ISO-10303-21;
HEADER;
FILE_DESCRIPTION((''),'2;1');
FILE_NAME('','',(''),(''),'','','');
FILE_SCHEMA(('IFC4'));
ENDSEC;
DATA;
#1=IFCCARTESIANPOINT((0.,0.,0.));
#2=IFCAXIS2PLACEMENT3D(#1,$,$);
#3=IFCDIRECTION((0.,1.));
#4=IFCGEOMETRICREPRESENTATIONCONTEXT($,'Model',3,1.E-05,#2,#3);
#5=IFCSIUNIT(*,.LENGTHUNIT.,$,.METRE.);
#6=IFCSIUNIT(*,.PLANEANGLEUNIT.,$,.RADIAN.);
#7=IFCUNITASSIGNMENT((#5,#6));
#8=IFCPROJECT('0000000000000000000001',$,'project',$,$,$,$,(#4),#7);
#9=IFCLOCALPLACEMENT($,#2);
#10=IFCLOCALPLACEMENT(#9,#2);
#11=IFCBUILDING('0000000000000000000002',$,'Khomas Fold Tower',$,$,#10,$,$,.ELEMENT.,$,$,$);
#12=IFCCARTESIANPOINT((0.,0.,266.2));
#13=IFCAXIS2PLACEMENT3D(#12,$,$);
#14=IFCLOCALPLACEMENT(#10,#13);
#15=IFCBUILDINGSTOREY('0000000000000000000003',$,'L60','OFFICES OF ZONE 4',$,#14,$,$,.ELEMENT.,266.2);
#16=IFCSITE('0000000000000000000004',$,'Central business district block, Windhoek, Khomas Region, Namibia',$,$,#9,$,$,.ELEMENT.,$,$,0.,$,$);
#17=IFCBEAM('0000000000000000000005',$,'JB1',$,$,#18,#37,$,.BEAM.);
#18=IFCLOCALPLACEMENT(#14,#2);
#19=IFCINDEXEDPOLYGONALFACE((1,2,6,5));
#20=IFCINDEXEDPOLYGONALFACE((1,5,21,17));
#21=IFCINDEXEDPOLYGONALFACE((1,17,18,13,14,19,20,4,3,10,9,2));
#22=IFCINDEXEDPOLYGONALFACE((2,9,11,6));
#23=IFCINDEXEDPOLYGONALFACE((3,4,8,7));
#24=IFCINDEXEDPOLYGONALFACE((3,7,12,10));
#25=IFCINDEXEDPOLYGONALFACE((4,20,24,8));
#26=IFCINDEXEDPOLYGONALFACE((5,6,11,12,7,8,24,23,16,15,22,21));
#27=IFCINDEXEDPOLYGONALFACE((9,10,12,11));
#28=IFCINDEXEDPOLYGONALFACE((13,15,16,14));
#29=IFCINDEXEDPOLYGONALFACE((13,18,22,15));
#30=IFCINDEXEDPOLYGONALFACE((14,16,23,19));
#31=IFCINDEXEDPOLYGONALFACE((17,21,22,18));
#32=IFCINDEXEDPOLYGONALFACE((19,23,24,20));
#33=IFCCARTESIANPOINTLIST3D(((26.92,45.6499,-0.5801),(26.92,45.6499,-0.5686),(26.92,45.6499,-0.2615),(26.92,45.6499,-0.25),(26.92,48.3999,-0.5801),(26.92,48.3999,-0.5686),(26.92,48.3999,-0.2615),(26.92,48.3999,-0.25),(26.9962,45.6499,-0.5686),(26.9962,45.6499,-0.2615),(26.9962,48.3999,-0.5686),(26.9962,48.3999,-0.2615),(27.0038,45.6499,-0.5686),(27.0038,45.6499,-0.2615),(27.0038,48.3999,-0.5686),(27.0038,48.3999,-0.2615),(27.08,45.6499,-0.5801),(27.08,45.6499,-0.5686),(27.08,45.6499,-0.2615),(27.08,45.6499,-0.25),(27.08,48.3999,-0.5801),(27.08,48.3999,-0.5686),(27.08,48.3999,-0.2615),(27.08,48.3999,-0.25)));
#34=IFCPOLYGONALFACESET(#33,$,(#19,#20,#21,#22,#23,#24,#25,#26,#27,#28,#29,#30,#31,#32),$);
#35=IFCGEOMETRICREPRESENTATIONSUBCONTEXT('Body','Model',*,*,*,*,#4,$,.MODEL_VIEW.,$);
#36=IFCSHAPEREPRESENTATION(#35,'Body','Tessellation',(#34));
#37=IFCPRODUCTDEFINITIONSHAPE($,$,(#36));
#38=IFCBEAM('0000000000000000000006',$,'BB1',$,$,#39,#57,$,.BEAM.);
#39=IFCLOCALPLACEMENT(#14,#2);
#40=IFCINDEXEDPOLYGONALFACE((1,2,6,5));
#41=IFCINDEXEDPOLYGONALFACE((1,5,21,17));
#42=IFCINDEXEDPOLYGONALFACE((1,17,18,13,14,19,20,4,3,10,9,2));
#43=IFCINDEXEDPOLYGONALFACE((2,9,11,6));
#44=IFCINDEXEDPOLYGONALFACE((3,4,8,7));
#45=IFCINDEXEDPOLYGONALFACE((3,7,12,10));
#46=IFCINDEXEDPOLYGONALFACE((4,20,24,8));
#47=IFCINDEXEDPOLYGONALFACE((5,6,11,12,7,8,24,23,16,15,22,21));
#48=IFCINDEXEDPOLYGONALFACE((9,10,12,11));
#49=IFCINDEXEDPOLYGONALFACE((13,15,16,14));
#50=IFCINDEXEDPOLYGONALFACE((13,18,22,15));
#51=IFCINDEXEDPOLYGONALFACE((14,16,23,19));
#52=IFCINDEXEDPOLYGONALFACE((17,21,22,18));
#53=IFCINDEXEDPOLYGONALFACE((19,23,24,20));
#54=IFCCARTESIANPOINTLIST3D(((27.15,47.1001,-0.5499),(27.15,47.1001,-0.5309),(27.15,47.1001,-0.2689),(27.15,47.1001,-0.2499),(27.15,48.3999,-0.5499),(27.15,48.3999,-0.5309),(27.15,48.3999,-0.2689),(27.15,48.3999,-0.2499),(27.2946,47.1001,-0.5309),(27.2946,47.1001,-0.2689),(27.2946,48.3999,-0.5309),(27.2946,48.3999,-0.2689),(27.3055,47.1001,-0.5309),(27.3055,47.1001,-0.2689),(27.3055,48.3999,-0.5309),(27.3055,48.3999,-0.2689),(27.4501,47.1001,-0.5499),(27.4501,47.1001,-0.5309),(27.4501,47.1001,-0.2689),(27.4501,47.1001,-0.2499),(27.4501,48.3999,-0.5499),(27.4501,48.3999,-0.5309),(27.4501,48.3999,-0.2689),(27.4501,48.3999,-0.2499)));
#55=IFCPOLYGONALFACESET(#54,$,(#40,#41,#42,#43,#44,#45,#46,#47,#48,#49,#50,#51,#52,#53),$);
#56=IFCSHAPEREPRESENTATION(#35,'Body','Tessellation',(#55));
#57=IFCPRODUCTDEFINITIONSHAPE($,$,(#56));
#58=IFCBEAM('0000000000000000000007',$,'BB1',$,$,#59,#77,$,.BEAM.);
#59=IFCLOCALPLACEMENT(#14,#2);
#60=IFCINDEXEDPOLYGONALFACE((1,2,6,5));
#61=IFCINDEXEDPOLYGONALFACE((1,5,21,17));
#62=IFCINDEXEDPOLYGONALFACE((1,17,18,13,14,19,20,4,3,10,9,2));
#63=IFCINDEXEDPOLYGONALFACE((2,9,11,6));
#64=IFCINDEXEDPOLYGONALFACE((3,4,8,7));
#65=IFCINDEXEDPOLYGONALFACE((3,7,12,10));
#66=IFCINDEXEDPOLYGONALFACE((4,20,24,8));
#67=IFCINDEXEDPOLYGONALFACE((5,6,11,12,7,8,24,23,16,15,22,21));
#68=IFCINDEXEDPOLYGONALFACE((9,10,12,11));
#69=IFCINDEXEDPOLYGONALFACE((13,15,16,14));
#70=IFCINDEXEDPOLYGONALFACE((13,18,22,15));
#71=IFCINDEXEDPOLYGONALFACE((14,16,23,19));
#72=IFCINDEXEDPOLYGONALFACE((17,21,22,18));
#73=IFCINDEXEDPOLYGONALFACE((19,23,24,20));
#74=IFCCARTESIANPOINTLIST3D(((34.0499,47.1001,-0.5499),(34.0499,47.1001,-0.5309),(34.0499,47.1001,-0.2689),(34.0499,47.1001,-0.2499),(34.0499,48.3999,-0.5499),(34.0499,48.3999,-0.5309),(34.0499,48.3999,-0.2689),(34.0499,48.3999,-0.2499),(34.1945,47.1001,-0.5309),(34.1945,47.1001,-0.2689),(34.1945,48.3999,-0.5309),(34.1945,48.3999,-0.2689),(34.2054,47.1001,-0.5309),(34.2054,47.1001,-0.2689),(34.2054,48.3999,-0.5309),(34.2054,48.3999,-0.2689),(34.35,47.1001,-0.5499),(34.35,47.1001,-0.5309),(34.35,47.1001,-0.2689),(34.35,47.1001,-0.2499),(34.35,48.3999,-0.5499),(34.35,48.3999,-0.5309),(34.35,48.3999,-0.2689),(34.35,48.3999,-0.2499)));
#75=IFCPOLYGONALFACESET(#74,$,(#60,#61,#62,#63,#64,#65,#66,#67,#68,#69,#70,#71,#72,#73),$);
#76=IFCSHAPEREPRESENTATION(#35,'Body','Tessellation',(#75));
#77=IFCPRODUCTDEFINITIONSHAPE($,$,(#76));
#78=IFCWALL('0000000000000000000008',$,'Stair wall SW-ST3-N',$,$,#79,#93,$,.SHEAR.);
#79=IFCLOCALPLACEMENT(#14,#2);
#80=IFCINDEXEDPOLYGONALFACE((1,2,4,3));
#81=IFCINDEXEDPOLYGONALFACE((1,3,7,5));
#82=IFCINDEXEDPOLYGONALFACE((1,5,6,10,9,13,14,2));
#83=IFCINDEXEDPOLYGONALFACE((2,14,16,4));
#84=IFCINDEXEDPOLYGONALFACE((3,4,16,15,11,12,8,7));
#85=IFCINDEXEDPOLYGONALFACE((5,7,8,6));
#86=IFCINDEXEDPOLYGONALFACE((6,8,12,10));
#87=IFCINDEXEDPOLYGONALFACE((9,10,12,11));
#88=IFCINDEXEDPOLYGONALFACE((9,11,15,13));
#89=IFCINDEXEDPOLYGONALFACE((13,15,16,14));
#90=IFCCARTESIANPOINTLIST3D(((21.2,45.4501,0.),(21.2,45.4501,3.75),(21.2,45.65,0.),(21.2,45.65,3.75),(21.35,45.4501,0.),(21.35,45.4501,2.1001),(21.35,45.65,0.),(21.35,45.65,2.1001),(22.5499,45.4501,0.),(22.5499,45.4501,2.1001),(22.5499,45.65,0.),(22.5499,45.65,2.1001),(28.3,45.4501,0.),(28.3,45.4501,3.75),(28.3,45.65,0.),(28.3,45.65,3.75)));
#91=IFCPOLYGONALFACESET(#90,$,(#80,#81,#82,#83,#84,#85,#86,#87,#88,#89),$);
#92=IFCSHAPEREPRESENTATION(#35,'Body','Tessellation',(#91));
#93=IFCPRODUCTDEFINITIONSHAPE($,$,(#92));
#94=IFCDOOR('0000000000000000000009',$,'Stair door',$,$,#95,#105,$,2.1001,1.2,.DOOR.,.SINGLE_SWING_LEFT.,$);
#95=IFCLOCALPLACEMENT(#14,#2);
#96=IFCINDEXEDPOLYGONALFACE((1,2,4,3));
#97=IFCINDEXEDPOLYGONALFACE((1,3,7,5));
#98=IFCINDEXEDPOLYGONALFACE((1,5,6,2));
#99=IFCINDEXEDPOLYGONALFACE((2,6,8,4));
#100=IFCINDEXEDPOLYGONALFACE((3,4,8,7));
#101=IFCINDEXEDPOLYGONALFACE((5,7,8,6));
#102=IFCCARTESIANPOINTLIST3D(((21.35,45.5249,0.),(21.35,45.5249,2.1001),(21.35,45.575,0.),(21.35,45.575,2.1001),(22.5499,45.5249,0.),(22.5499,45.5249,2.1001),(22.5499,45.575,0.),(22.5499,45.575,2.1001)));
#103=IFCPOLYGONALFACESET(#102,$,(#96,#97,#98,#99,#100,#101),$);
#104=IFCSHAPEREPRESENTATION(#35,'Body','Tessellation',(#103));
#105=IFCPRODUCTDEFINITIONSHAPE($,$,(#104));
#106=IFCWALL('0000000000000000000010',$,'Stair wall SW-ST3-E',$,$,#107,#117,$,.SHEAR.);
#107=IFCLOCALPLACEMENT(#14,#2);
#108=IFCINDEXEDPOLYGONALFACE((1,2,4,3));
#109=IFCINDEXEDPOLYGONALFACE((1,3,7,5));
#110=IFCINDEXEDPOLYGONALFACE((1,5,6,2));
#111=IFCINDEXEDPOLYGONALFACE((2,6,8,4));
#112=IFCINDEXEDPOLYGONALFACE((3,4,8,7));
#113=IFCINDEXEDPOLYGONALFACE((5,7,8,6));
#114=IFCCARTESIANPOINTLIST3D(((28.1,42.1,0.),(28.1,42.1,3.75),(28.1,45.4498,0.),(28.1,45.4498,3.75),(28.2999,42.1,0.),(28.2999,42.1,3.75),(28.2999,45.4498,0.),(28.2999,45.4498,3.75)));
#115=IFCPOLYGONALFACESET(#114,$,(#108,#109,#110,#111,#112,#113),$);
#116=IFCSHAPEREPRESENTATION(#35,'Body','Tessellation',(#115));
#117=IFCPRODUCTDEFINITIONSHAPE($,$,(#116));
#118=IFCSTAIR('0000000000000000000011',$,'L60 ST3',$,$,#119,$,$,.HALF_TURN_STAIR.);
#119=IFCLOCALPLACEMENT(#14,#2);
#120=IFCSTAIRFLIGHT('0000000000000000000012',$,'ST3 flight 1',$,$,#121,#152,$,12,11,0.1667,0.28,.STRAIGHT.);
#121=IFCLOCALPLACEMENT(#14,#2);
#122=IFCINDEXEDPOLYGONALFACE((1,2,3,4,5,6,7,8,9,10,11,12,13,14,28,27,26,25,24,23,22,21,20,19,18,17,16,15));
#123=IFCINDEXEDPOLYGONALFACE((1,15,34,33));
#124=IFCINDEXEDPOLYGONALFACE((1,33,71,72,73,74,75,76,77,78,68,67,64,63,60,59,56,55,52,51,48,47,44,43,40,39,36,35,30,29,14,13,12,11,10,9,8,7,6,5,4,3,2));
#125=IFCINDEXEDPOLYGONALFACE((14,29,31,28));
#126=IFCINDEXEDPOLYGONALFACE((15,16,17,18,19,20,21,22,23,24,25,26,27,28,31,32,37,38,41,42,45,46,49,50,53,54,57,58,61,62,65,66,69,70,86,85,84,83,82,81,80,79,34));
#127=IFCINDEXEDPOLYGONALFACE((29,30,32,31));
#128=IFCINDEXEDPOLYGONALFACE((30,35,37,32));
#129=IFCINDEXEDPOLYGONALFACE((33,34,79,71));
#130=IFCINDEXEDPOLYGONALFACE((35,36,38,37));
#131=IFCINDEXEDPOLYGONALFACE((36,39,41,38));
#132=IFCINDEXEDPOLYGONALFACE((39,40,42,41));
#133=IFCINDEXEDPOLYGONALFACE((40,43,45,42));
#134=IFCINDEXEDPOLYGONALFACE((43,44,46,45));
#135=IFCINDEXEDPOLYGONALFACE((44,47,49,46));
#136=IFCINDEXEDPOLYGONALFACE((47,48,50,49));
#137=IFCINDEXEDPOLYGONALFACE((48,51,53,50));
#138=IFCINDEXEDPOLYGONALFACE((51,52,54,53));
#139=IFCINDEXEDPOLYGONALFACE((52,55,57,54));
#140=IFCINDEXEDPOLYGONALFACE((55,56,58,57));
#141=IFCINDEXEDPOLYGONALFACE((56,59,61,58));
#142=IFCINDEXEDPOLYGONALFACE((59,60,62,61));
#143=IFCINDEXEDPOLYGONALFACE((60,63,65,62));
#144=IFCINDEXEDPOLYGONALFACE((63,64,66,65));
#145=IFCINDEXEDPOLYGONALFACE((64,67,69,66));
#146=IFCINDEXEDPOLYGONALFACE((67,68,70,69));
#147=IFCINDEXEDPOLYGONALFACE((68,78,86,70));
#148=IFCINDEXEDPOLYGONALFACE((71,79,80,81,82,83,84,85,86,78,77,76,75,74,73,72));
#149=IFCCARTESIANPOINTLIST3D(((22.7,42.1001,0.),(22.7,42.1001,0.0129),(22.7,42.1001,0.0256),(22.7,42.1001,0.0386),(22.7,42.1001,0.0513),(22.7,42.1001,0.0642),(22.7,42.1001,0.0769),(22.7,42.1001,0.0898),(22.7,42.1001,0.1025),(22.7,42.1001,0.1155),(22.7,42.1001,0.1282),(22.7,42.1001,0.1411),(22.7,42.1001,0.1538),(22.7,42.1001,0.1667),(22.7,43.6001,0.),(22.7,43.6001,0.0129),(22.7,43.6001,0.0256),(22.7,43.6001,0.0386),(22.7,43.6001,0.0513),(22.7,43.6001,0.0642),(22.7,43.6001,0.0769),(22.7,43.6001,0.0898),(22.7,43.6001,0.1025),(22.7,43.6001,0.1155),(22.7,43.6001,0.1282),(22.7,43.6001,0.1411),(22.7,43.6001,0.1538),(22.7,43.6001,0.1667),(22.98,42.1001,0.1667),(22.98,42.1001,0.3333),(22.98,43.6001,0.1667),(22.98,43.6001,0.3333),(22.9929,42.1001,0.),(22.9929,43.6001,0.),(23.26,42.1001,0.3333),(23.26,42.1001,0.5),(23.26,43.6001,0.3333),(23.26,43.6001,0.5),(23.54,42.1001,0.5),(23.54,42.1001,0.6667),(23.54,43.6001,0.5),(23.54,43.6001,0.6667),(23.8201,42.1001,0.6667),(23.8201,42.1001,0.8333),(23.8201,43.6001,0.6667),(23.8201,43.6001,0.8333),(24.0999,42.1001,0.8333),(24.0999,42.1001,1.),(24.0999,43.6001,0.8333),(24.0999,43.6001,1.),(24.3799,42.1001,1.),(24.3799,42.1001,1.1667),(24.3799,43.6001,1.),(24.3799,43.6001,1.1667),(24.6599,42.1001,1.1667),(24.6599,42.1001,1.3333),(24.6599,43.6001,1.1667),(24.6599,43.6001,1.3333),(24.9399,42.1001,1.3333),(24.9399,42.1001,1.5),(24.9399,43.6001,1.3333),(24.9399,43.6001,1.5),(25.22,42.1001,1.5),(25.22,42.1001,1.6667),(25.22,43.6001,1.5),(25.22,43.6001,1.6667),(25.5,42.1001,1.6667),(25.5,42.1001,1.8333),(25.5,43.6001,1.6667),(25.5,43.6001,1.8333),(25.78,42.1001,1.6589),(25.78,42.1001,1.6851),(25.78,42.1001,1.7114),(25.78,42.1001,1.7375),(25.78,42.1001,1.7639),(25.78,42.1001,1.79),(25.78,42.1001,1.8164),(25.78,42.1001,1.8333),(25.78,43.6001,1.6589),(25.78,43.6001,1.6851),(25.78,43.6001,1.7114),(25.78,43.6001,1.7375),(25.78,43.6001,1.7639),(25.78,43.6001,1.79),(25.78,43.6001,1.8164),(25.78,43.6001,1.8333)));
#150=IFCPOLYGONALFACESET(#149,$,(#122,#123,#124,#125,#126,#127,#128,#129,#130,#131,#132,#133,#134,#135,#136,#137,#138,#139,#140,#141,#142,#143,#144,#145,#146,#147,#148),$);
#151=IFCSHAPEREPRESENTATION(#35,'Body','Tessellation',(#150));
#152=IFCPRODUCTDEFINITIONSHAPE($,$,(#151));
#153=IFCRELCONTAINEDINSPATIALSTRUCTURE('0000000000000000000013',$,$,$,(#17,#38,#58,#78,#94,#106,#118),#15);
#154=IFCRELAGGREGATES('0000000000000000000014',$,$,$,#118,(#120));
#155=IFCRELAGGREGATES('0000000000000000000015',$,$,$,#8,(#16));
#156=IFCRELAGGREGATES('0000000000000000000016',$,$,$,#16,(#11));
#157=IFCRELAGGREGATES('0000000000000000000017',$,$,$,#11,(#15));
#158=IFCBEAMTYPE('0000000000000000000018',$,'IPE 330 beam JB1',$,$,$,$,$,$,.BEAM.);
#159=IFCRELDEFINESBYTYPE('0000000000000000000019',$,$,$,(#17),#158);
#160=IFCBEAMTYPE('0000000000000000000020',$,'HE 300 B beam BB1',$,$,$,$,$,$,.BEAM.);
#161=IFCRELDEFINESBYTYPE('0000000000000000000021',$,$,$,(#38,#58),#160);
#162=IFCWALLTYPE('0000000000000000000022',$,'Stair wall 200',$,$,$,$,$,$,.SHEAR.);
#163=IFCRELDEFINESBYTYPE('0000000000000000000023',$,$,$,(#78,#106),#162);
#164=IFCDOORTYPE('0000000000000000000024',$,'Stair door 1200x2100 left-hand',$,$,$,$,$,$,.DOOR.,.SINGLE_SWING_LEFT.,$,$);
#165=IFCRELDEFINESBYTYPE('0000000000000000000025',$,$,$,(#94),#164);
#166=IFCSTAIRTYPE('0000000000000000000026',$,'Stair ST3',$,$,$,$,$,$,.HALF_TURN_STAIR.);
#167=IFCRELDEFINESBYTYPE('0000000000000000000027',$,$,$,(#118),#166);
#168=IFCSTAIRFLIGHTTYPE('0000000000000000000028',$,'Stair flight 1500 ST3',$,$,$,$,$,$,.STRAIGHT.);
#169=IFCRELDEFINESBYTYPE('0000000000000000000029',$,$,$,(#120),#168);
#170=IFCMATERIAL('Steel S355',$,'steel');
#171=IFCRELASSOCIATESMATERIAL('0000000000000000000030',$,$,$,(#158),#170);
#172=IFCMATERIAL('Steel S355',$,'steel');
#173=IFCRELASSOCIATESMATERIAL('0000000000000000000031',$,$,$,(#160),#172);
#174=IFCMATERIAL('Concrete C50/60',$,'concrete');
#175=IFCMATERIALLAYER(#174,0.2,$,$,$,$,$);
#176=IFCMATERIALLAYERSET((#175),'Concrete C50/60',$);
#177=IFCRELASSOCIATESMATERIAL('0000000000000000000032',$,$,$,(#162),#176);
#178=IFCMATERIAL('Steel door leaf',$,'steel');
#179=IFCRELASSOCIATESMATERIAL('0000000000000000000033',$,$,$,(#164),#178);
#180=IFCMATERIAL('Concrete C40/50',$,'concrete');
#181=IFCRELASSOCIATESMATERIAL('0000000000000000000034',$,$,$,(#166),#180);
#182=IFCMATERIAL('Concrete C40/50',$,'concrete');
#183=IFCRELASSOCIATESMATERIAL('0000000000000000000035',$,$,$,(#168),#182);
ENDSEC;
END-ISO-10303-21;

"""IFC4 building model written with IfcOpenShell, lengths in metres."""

from ifc_helpers import new_model, si_unit, direction, frame, frame_2d, origin, origin_2d, place, context, subcontext, project, spatial, polyline, rectangle, i_section, outline, extrude, source, transform, mapped, material, layer, layer_set, material_profile, profile_set, type_object, element, fill, aggregate, save


model = new_model("IFC4")

# Units and contexts
model_context = context("Model", 3, precision=1e-05, world=origin(), true_north=direction((0.0, 1.0)))
body_context = subcontext(model_context, "Body", "Model", "MODEL_VIEW")
ifc_project = project(units=[si_unit("LENGTHUNIT", "METRE"), si_unit("PLANEANGLEUNIT", "RADIAN")], contexts=[model_context])

# Site, building, storey
site_placement = place(None, origin())
site = spatial("IfcSite", under=ifc_project, at=site_placement, Name="Central business district block, Windhoek, Khomas Region, Namibia", CompositionType="ELEMENT", RefElevation=0.0)
building_placement = place(site_placement, origin())
building = spatial("IfcBuilding", under=site, at=building_placement, Name="Khomas Fold Tower", CompositionType="ELEMENT")
storey_placement = place(building_placement, frame((0.0, 0.0, 266.2)))
storey = spatial("IfcBuildingStorey", under=building, at=storey_placement, Name="L60", Description="OFFICES OF ZONE 4", CompositionType="ELEMENT", Elevation=266.2)

# Beams
ifc_material_1 = material(Name="Steel S355", Category="steel")
ifc_material_profile_1 = material_profile(ifc_material_1, i_section(OverallWidth=0.1599, OverallDepth=0.3301, WebThickness=0.0076, FlangeThickness=0.0115, at=origin_2d()), Name="IPE 330")
ifc_profile_set_1 = profile_set([ifc_material_profile_1], Name="Steel S355")
beam_type_1 = type_object("IfcBeamType", Name="IPE 330 beam JB1", PredefinedType="BEAM", material=ifc_profile_set_1)
shared_shape_1 = source(origin(), body_context, "Body", "SweptSolid", [
    extrude(i_section(OverallWidth=0.1599, OverallDepth=0.3301, WebThickness=0.0076, FlangeThickness=0.0115, at=origin_2d()), origin(), (0.0, 0.0, 1.0), 2.75),
])
beam_placement = place(storey_placement, frame((27.0, 45.6499, -0.415), z_axis=(0.0, 1.0, 0.0), x_axis=(-1.0, 0.0, 0.0)))
element("IfcBeam", 1, at=beam_placement, inside=storey, type_object=beam_type_1, Name="JB1", PredefinedType="BEAM", context=body_context, shape_type="MappedRepresentation", body=[
    mapped(shared_shape_1, transform((0.0, 0.0, 0.0))),
])
ifc_material_2 = material(Name="Steel S355", Category="steel")
ifc_material_profile_2 = material_profile(ifc_material_2, i_section(OverallWidth=0.3, OverallDepth=0.3, WebThickness=0.011, FlangeThickness=0.019, at=origin_2d()), Name="HE 300 B")
ifc_profile_set_2 = profile_set([ifc_material_profile_2], Name="Steel S355")
beam_type_2 = type_object("IfcBeamType", Name="HE 300 B beam BB1", PredefinedType="BEAM", material=ifc_profile_set_2)
shared_shape_2 = source(origin(), body_context, "Body", "SweptSolid", [
    extrude(i_section(OverallWidth=0.3, OverallDepth=0.3, WebThickness=0.011, FlangeThickness=0.019, at=origin_2d()), origin(), (0.0, 0.0, 1.0), 1.2998),
])
for number, where, z_axis, x_axis, name in (
    (2, (27.3, 47.1001, -0.3999), (0.0, 1.0, 0.0), (-1.0, 0.0, 0.0), "BB1"),
    (3, (34.2, 47.1001, -0.3999), (0.0, 1.0, 0.0), (-1.0, 0.0, 0.0), "BB1"),
):
    element("IfcBeam", number, at=place(storey_placement, frame(where, z_axis=z_axis, x_axis=x_axis)), inside=storey, type_object=beam_type_2, Name=name, PredefinedType="BEAM", context=body_context, shape_type="MappedRepresentation", body=[
        mapped(shared_shape_2, transform((0.0, 0.0, 0.0))),
    ])

# Wall, opening, door
ifc_material_3 = material(Name="Concrete C50/60", Category="concrete")
ifc_layer_1 = layer(ifc_material_3, 0.2)
ifc_layer_set_1 = layer_set([ifc_layer_1], Name="Concrete C50/60")
wall_type_1 = type_object("IfcWallType", Name="Stair wall 200", PredefinedType="SHEAR", material=ifc_layer_set_1)
shared_shape_3 = source(origin(), body_context, "Body", "SweptSolid", [
    extrude(rectangle(XDim=7.1001, YDim=0.2, at=frame_2d((3.55, 0.0))), origin(), (0.0, 0.0, 1.0), 3.75),
])
wall_1_placement = place(storey_placement, frame((21.2, 45.55, 0.0), z_axis=(0.0, 0.0, 1.0), x_axis=(1.0, 0.0, 0.0)))
wall_1 = element("IfcWall", 4, at=wall_1_placement, inside=storey, type_object=wall_type_1, Name="Stair wall SW-ST3-N", PredefinedType="SHEAR", context=body_context, shape_type="MappedRepresentation", body=[
    mapped(shared_shape_3, transform((0.0, 0.0, 0.0))),
])
shared_shape_4 = source(origin(), body_context, "Body", "SweptSolid", [
    extrude(rectangle(XDim=1.2, YDim=2.1001, at=frame_2d((0.6001, 1.05))), frame((0.0, 0.1099, 0.0), z_axis=(0.0, -1.0, 0.0), x_axis=(1.0, 0.0, 0.0)), (0.0, 0.0, 1.0), 0.22),
])
opening_1_placement = place(wall_1_placement, frame((0.1499, 0.0, 0.0)))
opening_1 = element("IfcOpeningElement", 5, at=opening_1_placement, cuts=wall_1, PredefinedType="OPENING", context=body_context, shape_type="MappedRepresentation", body=[
    mapped(shared_shape_4, transform((0.0, 0.0, 0.0))),
])
ifc_material_4 = material(Name="Steel door leaf", Category="steel")
door_type_1 = type_object("IfcDoorType", Name="Stair door 1200x2100 left-hand", OperationType="SINGLE_SWING_LEFT", PredefinedType="DOOR", material=ifc_material_4)
shared_shape_5 = source(origin(), body_context, "Body", "SweptSolid", [
    extrude(rectangle(XDim=1.2, YDim=2.1001, at=frame_2d((0.6001, 1.05))), frame((0.0, 0.0249, 0.0), z_axis=(0.0, -1.0, 0.0), x_axis=(1.0, 0.0, 0.0)), (0.0, 0.0, 1.0), 0.05),
])
door_1_placement = place(opening_1_placement, origin())
door_1 = element("IfcDoor", 6, at=door_1_placement, inside=storey, type_object=door_type_1, Name="Stair door", OperationType="SINGLE_SWING_LEFT", OverallHeight=2.1001, OverallWidth=1.2, PredefinedType="DOOR", context=body_context, shape_type="MappedRepresentation", body=[
    mapped(shared_shape_5, transform((0.0, 0.0, 0.0))),
])
fill(opening_1, door_1)

# Wall
shared_shape_6 = source(origin(), body_context, "Body", "SweptSolid", [
    extrude(rectangle(XDim=3.3499, YDim=0.2, at=frame_2d((1.6748, 0.0))), origin(), (0.0, 0.0, 1.0), 3.75),
])
wall_2_placement = place(storey_placement, frame((28.2, 42.1001, 0.0), z_axis=(0.0, 0.0, 1.0), x_axis=(0.0, 1.0, 0.0)))
element("IfcWall", 7, at=wall_2_placement, inside=storey, type_object=wall_type_1, Name="Stair wall SW-ST3-E", PredefinedType="SHEAR", context=body_context, shape_type="MappedRepresentation", body=[
    mapped(shared_shape_6, transform((0.0, 0.0, 0.0))),
])

# Stair, stair flight
ifc_material_5 = material(Name="Concrete C40/50", Category="concrete")
stair_type = type_object("IfcStairType", Name="Stair ST3", PredefinedType="HALF_TURN_STAIR", material=ifc_material_5)
stair_placement = place(storey_placement, origin())
stair = element("IfcStair", 8, at=stair_placement, inside=storey, type_object=stair_type, Name="L60 ST3", PredefinedType="HALF_TURN_STAIR")
ifc_material_6 = material(Name="Concrete C40/50", Category="concrete")
stair_flight_type = type_object("IfcStairFlightType", Name="Stair flight 1500 ST3", PredefinedType="STRAIGHT", material=ifc_material_6)
shared_shape_7 = source(origin(), body_context, "Body", "SweptSolid", [
    extrude(outline(polyline([(0.0, 0.0), (0.0, 0.0129), (0.0, 0.0256), (0.0, 0.0386), (0.0, 0.0513), (0.0, 0.0642), (0.0, 0.0769), (0.0, 0.0898), (0.0, 0.1025), (0.0, 0.1155), (0.0, 0.1282), (0.0, 0.1411), (0.0, 0.1538), (0.0, 0.1667), (0.28, 0.1667), (0.28, 0.3333), (0.5601, 0.3333), (0.5601, 0.5), (0.8401, 0.5), (0.8401, 0.6667), (1.1201, 0.6667), (1.1201, 0.8333), (1.3999, 0.8333), (1.3999, 1.0), (1.6799, 1.0), (1.6799, 1.1667), (1.96, 1.1667), (1.96, 1.3333), (2.24, 1.3333), (2.24, 1.5), (2.52, 1.5), (2.52, 1.6667), (2.8, 1.6667), (2.8, 1.8333), (3.0801, 1.8333), (3.0801, 2.0), (3.0801, 1.9739), (3.0801, 1.9475), (3.0801, 1.9214), (3.0801, 1.895), (3.0801, 1.8689), (3.0801, 1.8425), (3.0801, 1.8164), (3.0801, 1.79), (3.0801, 1.7639), (3.0801, 1.7375), (3.0801, 1.7114), (3.0801, 1.6851), (3.0801, 1.6589), (0.293, 0.0), (0.0, 0.0)])), frame((0.0, 0.75, 0.0), z_axis=(0.0, -1.0, 0.0), x_axis=(1.0, 0.0, 0.0)), (0.0, 0.0, 1.0), 1.5),
])
stair_flight_1_placement = place(storey_placement, frame((22.7, 42.8501, 0.0), z_axis=(0.0, 0.0, 1.0), x_axis=(1.0, 0.0, 0.0)))
stair_flight_1 = element("IfcStairFlight", 9, at=stair_flight_1_placement, type_object=stair_flight_type, Name="ST3 flight 1", NumberOfRisers=12, NumberOfTreads=11, PredefinedType="STRAIGHT", RiserHeight=0.1667, TreadLength=0.28, context=body_context, shape_type="MappedRepresentation", body=[
    mapped(shared_shape_7, transform((0.0, 0.0, 0.0))),
])
aggregate(stair, [stair_flight_1])

save(model, "model.ifc")
